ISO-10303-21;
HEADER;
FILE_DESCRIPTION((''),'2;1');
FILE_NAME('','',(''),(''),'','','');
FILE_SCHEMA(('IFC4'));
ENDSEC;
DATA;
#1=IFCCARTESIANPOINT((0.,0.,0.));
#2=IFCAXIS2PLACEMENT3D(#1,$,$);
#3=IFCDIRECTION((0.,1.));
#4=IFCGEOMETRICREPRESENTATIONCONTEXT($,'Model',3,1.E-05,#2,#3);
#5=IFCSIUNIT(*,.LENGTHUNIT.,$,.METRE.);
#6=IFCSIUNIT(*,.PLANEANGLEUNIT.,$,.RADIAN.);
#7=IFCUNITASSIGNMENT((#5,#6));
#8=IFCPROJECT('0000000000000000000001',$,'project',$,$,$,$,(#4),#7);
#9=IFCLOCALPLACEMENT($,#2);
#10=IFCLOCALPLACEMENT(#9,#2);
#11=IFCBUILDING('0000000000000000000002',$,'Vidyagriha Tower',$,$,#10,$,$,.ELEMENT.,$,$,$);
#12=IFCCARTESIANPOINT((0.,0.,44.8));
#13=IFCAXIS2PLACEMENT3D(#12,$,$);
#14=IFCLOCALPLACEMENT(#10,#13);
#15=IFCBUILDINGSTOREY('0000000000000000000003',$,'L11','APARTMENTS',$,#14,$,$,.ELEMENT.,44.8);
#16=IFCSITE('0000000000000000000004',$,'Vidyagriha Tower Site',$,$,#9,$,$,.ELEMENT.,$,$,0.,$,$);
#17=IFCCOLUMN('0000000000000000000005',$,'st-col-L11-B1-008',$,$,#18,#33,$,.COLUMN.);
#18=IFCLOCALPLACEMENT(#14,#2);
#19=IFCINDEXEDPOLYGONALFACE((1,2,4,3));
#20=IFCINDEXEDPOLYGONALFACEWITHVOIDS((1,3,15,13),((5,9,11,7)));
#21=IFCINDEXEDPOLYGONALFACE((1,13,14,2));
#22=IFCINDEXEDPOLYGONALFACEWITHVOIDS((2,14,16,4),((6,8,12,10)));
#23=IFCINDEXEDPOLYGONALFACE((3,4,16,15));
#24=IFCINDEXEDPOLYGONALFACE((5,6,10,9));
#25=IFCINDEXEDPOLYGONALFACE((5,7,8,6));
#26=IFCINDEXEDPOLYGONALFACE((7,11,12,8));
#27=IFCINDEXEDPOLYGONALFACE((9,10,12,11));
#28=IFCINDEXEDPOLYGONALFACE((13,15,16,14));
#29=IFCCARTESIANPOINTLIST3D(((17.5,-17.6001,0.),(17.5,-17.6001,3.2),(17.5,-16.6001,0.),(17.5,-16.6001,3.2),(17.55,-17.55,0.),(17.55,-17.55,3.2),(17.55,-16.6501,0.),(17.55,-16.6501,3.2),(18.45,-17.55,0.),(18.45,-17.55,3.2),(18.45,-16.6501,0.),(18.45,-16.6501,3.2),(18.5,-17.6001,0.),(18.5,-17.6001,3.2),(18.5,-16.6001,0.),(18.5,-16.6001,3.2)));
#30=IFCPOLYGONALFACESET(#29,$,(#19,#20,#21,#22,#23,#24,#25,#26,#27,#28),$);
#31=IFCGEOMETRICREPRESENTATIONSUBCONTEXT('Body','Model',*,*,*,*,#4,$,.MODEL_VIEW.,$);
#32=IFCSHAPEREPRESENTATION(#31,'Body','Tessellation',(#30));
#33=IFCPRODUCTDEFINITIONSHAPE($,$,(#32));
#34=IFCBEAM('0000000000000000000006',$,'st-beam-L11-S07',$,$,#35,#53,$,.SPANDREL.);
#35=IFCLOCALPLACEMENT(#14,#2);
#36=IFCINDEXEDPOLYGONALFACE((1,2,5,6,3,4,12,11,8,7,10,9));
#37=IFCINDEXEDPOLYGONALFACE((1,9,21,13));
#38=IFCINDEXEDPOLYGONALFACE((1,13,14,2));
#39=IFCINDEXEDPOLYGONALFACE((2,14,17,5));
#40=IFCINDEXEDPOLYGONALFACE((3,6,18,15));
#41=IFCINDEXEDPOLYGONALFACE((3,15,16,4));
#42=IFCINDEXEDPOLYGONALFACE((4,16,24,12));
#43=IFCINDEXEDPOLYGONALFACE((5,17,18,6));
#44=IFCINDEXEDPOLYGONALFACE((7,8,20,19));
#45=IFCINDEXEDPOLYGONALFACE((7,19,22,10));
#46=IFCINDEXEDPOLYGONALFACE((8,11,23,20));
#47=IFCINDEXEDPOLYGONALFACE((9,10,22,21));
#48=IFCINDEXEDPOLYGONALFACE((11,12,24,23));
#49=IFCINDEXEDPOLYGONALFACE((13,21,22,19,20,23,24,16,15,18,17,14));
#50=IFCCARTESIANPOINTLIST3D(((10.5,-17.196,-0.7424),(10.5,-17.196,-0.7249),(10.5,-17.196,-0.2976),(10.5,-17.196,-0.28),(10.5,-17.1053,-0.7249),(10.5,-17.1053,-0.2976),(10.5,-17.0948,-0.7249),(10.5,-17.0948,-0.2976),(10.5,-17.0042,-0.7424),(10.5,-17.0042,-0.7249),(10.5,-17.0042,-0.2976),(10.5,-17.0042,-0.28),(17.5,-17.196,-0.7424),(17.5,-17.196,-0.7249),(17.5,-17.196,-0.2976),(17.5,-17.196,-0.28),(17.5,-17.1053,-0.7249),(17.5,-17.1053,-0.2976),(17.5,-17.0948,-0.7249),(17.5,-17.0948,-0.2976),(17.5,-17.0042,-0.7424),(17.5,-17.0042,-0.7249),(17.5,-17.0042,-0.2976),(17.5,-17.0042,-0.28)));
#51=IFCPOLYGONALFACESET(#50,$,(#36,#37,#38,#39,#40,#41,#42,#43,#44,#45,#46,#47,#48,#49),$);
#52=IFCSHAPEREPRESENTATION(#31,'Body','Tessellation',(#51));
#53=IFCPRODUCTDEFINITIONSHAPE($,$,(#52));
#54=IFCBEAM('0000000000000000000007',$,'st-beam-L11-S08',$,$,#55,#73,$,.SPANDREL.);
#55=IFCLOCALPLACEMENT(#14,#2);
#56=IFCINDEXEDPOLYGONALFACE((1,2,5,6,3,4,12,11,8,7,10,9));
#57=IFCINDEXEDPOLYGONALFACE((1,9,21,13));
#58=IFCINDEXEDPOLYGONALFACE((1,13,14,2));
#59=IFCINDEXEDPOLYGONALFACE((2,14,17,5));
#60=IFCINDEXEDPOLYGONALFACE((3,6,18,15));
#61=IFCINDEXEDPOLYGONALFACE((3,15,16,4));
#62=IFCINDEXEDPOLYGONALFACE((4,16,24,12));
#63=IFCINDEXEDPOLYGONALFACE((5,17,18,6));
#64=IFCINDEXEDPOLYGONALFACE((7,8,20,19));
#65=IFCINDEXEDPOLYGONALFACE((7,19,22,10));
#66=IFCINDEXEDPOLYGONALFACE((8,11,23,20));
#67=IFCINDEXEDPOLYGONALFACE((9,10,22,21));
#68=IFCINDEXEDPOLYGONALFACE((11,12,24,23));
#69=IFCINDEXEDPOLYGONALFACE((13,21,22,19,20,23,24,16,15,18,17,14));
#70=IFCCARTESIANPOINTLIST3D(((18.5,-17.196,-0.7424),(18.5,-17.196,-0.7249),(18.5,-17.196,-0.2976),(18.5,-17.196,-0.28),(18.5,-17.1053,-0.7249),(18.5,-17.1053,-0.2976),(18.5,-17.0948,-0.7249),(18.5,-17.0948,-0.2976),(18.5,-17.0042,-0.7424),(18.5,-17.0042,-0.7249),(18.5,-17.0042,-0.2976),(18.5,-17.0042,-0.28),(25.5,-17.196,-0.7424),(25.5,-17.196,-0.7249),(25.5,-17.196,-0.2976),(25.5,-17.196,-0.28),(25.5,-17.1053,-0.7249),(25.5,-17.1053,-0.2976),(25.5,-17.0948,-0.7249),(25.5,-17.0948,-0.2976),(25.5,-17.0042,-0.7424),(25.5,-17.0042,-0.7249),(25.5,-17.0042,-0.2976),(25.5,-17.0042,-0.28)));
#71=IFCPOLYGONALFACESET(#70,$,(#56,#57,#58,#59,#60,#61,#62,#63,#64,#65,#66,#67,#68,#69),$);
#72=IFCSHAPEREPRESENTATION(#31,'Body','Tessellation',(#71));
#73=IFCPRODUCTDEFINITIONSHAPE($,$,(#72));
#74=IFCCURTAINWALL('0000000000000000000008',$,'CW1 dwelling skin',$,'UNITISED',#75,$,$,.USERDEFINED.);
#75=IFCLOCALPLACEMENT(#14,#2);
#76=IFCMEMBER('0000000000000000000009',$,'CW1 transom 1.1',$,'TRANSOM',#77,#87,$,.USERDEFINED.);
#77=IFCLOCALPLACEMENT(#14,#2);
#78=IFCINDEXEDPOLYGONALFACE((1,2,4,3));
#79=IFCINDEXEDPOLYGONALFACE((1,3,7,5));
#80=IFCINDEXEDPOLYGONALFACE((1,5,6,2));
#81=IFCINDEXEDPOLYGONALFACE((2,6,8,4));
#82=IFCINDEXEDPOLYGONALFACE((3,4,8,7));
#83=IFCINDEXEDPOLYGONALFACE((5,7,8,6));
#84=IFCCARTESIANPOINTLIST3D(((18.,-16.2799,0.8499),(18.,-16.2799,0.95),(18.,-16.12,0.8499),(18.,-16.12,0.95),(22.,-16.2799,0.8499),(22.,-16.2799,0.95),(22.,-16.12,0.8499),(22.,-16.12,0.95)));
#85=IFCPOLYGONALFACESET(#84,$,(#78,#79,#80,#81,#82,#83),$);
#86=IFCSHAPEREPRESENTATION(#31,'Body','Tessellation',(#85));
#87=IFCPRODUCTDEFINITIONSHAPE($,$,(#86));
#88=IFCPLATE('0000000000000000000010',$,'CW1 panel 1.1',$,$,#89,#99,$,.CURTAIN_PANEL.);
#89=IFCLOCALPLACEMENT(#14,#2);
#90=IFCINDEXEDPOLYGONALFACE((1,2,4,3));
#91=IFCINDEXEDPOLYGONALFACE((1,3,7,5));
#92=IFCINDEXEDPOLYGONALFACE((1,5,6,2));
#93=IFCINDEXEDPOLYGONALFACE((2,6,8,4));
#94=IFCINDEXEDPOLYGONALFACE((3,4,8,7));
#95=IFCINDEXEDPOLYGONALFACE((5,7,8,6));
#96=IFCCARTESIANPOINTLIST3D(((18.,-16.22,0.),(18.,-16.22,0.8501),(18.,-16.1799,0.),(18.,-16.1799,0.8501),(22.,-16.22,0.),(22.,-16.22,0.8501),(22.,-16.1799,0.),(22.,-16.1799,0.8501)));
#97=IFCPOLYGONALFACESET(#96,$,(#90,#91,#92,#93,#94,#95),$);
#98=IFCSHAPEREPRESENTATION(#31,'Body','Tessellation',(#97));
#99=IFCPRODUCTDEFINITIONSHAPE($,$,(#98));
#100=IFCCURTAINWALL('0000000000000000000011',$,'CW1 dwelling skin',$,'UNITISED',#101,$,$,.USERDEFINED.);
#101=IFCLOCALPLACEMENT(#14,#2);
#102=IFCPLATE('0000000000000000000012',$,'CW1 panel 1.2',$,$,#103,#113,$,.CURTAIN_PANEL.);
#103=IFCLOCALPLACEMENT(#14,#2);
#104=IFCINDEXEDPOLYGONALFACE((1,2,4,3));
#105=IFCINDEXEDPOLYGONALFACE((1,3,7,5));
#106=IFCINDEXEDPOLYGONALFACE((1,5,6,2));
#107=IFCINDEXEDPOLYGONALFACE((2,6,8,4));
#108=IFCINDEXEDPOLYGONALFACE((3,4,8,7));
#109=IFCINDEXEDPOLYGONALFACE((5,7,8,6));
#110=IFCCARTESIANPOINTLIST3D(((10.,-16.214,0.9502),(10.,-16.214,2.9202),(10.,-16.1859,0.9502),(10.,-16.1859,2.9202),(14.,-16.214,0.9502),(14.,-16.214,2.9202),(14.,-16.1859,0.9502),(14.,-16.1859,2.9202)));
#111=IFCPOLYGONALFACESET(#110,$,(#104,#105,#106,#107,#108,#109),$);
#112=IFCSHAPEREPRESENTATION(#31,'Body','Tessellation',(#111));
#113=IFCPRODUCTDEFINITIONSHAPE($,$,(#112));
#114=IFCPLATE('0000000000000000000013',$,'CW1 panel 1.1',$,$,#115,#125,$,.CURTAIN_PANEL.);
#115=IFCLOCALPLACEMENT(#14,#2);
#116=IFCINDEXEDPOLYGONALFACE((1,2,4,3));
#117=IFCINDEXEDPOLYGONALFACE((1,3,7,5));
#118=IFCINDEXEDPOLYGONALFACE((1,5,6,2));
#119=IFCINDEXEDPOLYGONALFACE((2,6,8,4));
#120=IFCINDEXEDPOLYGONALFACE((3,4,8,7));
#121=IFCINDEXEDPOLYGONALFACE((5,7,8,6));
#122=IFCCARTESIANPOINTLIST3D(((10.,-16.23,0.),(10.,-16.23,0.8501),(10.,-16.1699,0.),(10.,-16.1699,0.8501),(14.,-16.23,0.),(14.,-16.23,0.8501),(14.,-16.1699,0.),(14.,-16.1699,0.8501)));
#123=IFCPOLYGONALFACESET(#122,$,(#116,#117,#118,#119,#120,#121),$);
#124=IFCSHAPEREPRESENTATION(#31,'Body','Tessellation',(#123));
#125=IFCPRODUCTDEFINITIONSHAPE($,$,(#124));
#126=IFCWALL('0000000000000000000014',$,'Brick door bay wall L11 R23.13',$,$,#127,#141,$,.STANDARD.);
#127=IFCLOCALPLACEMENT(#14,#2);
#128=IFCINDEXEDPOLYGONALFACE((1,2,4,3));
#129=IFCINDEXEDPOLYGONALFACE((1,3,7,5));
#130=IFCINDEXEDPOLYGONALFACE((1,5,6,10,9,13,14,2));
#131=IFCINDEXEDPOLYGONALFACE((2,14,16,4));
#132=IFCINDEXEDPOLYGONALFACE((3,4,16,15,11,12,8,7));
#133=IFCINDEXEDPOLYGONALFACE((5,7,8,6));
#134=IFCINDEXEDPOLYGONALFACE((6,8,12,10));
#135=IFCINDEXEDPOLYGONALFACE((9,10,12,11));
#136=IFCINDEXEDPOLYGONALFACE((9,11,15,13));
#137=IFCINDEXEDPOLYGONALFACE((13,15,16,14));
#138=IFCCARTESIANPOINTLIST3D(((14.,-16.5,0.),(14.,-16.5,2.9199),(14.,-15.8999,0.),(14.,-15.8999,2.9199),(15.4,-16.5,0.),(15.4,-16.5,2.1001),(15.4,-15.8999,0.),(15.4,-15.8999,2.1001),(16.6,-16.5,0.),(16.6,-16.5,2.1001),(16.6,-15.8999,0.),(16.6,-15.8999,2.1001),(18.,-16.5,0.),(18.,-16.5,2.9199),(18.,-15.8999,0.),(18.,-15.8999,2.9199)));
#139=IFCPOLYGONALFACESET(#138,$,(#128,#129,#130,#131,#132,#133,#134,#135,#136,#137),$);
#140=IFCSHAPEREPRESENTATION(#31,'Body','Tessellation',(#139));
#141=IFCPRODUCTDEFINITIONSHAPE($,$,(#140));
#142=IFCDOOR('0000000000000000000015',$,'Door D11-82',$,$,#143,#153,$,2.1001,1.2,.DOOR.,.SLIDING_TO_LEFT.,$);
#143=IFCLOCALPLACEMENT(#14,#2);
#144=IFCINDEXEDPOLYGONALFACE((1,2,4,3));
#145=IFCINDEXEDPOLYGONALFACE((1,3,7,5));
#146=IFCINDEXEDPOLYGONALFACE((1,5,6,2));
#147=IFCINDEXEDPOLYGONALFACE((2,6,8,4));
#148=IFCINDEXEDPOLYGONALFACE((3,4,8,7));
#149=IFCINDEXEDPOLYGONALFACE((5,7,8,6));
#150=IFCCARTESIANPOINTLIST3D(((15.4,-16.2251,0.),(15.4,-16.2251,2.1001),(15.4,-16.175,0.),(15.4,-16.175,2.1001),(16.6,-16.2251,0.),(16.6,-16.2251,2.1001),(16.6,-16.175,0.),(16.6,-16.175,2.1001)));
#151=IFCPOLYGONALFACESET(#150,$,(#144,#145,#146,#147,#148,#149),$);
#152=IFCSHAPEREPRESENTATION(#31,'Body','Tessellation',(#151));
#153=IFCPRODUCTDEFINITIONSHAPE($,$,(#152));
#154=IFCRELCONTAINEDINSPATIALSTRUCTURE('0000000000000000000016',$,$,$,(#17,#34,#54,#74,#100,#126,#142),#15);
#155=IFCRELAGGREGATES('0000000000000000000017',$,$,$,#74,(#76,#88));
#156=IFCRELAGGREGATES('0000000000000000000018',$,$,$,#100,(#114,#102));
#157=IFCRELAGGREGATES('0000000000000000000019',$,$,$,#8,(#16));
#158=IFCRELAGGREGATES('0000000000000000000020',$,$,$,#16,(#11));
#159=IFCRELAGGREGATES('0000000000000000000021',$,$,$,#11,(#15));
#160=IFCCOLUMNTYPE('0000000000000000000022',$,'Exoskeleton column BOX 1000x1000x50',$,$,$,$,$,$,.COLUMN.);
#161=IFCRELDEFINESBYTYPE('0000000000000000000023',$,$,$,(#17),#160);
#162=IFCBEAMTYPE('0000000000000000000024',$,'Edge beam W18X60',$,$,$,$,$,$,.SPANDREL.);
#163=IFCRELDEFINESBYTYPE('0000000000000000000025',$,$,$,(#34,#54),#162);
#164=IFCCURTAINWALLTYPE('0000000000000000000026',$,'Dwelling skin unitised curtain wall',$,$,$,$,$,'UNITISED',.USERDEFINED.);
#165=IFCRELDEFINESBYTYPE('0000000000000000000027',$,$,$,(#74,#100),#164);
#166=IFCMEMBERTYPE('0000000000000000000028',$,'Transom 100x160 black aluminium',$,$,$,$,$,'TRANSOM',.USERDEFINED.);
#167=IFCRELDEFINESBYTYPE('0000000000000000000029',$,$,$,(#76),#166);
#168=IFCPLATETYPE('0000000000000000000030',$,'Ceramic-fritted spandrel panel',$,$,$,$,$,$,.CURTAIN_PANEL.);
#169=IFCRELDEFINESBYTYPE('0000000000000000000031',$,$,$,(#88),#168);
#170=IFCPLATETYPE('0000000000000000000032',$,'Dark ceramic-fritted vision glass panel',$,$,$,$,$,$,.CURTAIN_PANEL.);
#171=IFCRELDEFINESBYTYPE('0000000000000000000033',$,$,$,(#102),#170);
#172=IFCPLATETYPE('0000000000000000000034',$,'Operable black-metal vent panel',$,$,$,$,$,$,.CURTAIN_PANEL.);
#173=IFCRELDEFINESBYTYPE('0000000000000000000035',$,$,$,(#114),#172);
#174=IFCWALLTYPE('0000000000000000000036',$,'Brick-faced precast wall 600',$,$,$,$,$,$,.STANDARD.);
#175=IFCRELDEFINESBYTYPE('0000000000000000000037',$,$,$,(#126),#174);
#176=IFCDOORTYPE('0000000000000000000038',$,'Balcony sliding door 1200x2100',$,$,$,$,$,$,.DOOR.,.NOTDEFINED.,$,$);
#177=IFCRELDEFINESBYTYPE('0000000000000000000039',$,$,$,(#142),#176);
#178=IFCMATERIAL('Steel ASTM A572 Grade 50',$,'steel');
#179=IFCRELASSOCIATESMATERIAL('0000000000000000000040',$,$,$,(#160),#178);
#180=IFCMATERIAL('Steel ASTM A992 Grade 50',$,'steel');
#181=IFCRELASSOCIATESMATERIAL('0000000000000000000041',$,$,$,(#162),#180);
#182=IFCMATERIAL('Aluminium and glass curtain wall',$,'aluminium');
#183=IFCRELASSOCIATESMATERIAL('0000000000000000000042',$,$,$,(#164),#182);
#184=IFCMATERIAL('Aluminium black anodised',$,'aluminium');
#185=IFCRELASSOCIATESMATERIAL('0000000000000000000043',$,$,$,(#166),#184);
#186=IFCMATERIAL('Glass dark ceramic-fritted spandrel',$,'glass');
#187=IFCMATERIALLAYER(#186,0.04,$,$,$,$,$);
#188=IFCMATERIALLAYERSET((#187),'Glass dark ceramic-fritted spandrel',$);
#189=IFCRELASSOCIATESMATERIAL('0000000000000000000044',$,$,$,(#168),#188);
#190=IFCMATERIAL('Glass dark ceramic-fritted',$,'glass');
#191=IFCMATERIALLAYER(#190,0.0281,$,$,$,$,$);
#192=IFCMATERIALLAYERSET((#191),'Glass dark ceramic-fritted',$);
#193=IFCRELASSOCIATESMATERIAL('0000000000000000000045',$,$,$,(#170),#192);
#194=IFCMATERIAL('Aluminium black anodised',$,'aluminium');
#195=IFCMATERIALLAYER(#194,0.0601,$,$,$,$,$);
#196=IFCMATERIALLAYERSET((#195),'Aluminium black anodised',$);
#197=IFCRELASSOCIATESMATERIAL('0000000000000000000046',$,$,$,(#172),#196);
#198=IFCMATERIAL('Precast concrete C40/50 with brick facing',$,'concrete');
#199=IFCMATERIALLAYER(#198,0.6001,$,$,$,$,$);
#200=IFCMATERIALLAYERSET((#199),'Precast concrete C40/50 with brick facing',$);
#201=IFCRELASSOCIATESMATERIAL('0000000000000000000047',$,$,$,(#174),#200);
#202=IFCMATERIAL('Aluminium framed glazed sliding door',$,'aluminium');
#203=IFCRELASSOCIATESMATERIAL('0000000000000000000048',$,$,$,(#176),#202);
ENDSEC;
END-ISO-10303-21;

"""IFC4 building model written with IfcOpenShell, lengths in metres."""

from ifc_helpers import new_model, si_unit, direction, frame, frame_2d, origin, origin_2d, place, context, subcontext, project, spatial, rectangle, hollow_rectangle, i_section, extrude, material, layer, layer_set, material_profile, profile_set, type_object, element, fill, aggregate, save


model = new_model("IFC4")

# Units and contexts
model_context = context("Model", 3, precision=1e-05, world=origin(), true_north=direction((0.0, 1.0)))
body_context = subcontext(model_context, "Body", "Model", "MODEL_VIEW")
ifc_project = project(units=[si_unit("LENGTHUNIT", "METRE"), si_unit("PLANEANGLEUNIT", "RADIAN")], contexts=[model_context])

# Site, building, storey
site_placement = place(None, origin())
site = spatial("IfcSite", under=ifc_project, at=site_placement, Name="Vidyagriha Tower Site", CompositionType="ELEMENT", RefElevation=0.0)
building_placement = place(site_placement, origin())
building = spatial("IfcBuilding", under=site, at=building_placement, Name="Vidyagriha Tower", CompositionType="ELEMENT")
storey_placement = place(building_placement, frame((0.0, 0.0, 44.8)))
storey = spatial("IfcBuildingStorey", under=building, at=storey_placement, Name="L11", Description="APARTMENTS", CompositionType="ELEMENT", Elevation=44.8)

# Column
ifc_material_1 = material(Name="Steel ASTM A572 Grade 50", Category="steel")
ifc_material_profile_1 = material_profile(ifc_material_1, hollow_rectangle(XDim=1.0, YDim=1.0, WallThickness=0.05, at=origin_2d()), Name="BOX 1000x1000x50")
ifc_profile_set_1 = profile_set([ifc_material_profile_1], Name="Steel ASTM A572 Grade 50")
column_type = type_object("IfcColumnType", Name="Exoskeleton column BOX 1000x1000x50", PredefinedType="COLUMN", material=ifc_profile_set_1)
column_placement = place(storey_placement, frame((18.0, -17.1001, 0.0)))
element("IfcColumn", 1, at=column_placement, inside=storey, type_object=column_type, Name="st-col-L11-B1-008", PredefinedType="COLUMN", context=body_context, shape_type="SweptSolid", body=[
    extrude(hollow_rectangle(XDim=1.0, YDim=1.0, WallThickness=0.05, at=origin_2d()), origin(), (0.0, 0.0, 1.0), 3.2),
])

# Beams
ifc_material_2 = material(Name="Steel ASTM A992 Grade 50", Category="steel")
ifc_material_profile_2 = material_profile(ifc_material_2, i_section(OverallWidth=0.1919, OverallDepth=0.4624, WebThickness=0.0105, FlangeThickness=0.0176, at=origin_2d()), Name="W18X60")
ifc_profile_set_2 = profile_set([ifc_material_profile_2], Name="Steel ASTM A992 Grade 50")
beam_type = type_object("IfcBeamType", Name="Edge beam W18X60", PredefinedType="SPANDREL", material=ifc_profile_set_2)
for number, where, z_axis, x_axis, name in (
    (2, (10.5, -17.1001, -0.5112), (1.0, 0.0, 0.0), (0.0, 1.0, 0.0), "st-beam-L11-S07"),
    (3, (18.5, -17.1001, -0.5112), (1.0, 0.0, 0.0), (0.0, 1.0, 0.0), "st-beam-L11-S08"),
):
    element("IfcBeam", number, at=place(storey_placement, frame(where, z_axis=z_axis, x_axis=x_axis)), inside=storey, type_object=beam_type, Name=name, PredefinedType="SPANDREL", context=body_context, shape_type="SweptSolid", body=[
        extrude(i_section(OverallWidth=0.1919, OverallDepth=0.4624, WebThickness=0.0105, FlangeThickness=0.0176, at=origin_2d()), origin(), (0.0, 0.0, 1.0), 7.0),
    ])

# Curtain wall, member, plate
ifc_material_3 = material(Name="Aluminium and glass curtain wall", Category="aluminium")
curtain_wall_type = type_object("IfcCurtainWallType", Name="Dwelling skin unitised curtain wall", ElementType="UNITISED", PredefinedType="USERDEFINED", material=ifc_material_3)
curtain_wall_1_placement = place(storey_placement, origin())
curtain_wall_1 = element("IfcCurtainWall", 4, at=curtain_wall_1_placement, inside=storey, type_object=curtain_wall_type, Name="CW1 dwelling skin", ObjectType="UNITISED", PredefinedType="USERDEFINED")
ifc_material_4 = material(Name="Aluminium black anodised", Category="aluminium")
ifc_material_profile_3 = material_profile(ifc_material_4, rectangle(XDim=0.1599, YDim=0.1001, at=origin_2d()), Name="Transom 100x160 black aluminium")
ifc_profile_set_3 = profile_set([ifc_material_profile_3], Name="Aluminium black anodised")
member_type = type_object("IfcMemberType", Name="Transom 100x160 black aluminium", ElementType="TRANSOM", PredefinedType="USERDEFINED", material=ifc_profile_set_3)
member_placement = place(storey_placement, frame((18.0, -16.2, 0.8999), z_axis=(1.0, 0.0, 0.0), x_axis=(0.0, 1.0, 0.0)))
member = element("IfcMember", 5, at=member_placement, type_object=member_type, Name="CW1 transom 1.1", ObjectType="TRANSOM", PredefinedType="USERDEFINED", context=body_context, shape_type="SweptSolid", body=[
    extrude(rectangle(XDim=0.1599, YDim=0.1001, at=origin_2d()), origin(), (0.0, 0.0, 1.0), 4.0),
])
ifc_material_5 = material(Name="Glass dark ceramic-fritted spandrel", Category="glass")
ifc_layer_1 = layer(ifc_material_5, 0.04)
ifc_layer_set_1 = layer_set([ifc_layer_1], Name="Glass dark ceramic-fritted spandrel")
plate_type_1 = type_object("IfcPlateType", Name="Ceramic-fritted spandrel panel", PredefinedType="CURTAIN_PANEL", material=ifc_layer_set_1)
plate_1_placement = place(storey_placement, frame((20.0, -16.2, 0.0)))
plate_1 = element("IfcPlate", 6, at=plate_1_placement, type_object=plate_type_1, Name="CW1 panel 1.1", PredefinedType="CURTAIN_PANEL", context=body_context, shape_type="SweptSolid", body=[
    extrude(rectangle(XDim=4.0, YDim=0.04, at=origin_2d()), origin(), (0.0, 0.0, 1.0), 0.8501),
])
aggregate(curtain_wall_1, [member, plate_1])

# Curtain wall, plates
curtain_wall_2_placement = place(storey_placement, origin())
curtain_wall_2 = element("IfcCurtainWall", 7, at=curtain_wall_2_placement, inside=storey, type_object=curtain_wall_type, Name="CW1 dwelling skin", ObjectType="UNITISED", PredefinedType="USERDEFINED")
ifc_material_6 = material(Name="Glass dark ceramic-fritted", Category="glass")
ifc_layer_2 = layer(ifc_material_6, 0.0281)
ifc_layer_set_2 = layer_set([ifc_layer_2], Name="Glass dark ceramic-fritted")
plate_type_2 = type_object("IfcPlateType", Name="Dark ceramic-fritted vision glass panel", PredefinedType="CURTAIN_PANEL", material=ifc_layer_set_2)
plate_2_placement = place(storey_placement, frame((12.0, -16.2, 0.9502)))
plate_2 = element("IfcPlate", 8, at=plate_2_placement, type_object=plate_type_2, Name="CW1 panel 1.2", PredefinedType="CURTAIN_PANEL", context=body_context, shape_type="SweptSolid", body=[
    extrude(rectangle(XDim=4.0, YDim=0.0281, at=origin_2d()), origin(), (0.0, 0.0, 1.0), 1.97),
])
ifc_material_7 = material(Name="Aluminium black anodised", Category="aluminium")
ifc_layer_3 = layer(ifc_material_7, 0.0601)
ifc_layer_set_3 = layer_set([ifc_layer_3], Name="Aluminium black anodised")
plate_type_3 = type_object("IfcPlateType", Name="Operable black-metal vent panel", PredefinedType="CURTAIN_PANEL", material=ifc_layer_set_3)
plate_3_placement = place(storey_placement, frame((12.0, -16.2, 0.0)))
plate_3 = element("IfcPlate", 9, at=plate_3_placement, type_object=plate_type_3, Name="CW1 panel 1.1", PredefinedType="CURTAIN_PANEL", context=body_context, shape_type="SweptSolid", body=[
    extrude(rectangle(XDim=4.0, YDim=0.0601, at=origin_2d()), origin(), (0.0, 0.0, 1.0), 0.8501),
])
aggregate(curtain_wall_2, [plate_3, plate_2])

# Wall, opening, door
ifc_material_8 = material(Name="Precast concrete C40/50 with brick facing", Category="concrete")
ifc_layer_4 = layer(ifc_material_8, 0.6001)
ifc_layer_set_4 = layer_set([ifc_layer_4], Name="Precast concrete C40/50 with brick facing")
wall_type = type_object("IfcWallType", Name="Brick-faced precast wall 600", PredefinedType="STANDARD", material=ifc_layer_set_4)
wall_placement = place(storey_placement, frame((14.0, -16.2, 0.0)))
wall = element("IfcWall", 10, at=wall_placement, inside=storey, type_object=wall_type, Name="Brick door bay wall L11 R23.13", PredefinedType="STANDARD", context=body_context, shape_type="SweptSolid", body=[
    extrude(rectangle(XDim=4.0, YDim=0.6001, at=frame_2d((2.0, 0.0))), origin(), (0.0, 0.0, 1.0), 2.9199),
])
opening_placement = place(wall_placement, frame((1.3999, 0.0, 0.0)))
opening = element("IfcOpeningElement", 11, at=opening_placement, cuts=wall, PredefinedType="OPENING", context=body_context, shape_type="SweptSolid", body=[
    extrude(rectangle(XDim=1.2, YDim=2.1001, at=frame_2d((0.6001, 1.05))), frame((0.0, 0.3101, 0.0), z_axis=(0.0, -1.0, 0.0), x_axis=(1.0, 0.0, 0.0)), (0.0, 0.0, 1.0), 0.6201),
])
ifc_material_9 = material(Name="Aluminium framed glazed sliding door", Category="aluminium")
door_type = type_object("IfcDoorType", Name="Balcony sliding door 1200x2100", OperationType="NOTDEFINED", PredefinedType="DOOR", material=ifc_material_9)
door_placement = place(opening_placement, origin())
door = element("IfcDoor", 12, at=door_placement, inside=storey, type_object=door_type, Name="Door D11-82", OperationType="SLIDING_TO_LEFT", OverallHeight=2.1001, OverallWidth=1.2, PredefinedType="DOOR", context=body_context, shape_type="SweptSolid", body=[
    extrude(rectangle(XDim=1.2, YDim=2.1001, at=frame_2d((0.6001, 1.05))), frame((0.0, 0.0249, 0.0), z_axis=(0.0, -1.0, 0.0), x_axis=(1.0, 0.0, 0.0)), (0.0, 0.0, 1.0), 0.05),
])
fill(opening, door)

save(model, "model.ifc")
